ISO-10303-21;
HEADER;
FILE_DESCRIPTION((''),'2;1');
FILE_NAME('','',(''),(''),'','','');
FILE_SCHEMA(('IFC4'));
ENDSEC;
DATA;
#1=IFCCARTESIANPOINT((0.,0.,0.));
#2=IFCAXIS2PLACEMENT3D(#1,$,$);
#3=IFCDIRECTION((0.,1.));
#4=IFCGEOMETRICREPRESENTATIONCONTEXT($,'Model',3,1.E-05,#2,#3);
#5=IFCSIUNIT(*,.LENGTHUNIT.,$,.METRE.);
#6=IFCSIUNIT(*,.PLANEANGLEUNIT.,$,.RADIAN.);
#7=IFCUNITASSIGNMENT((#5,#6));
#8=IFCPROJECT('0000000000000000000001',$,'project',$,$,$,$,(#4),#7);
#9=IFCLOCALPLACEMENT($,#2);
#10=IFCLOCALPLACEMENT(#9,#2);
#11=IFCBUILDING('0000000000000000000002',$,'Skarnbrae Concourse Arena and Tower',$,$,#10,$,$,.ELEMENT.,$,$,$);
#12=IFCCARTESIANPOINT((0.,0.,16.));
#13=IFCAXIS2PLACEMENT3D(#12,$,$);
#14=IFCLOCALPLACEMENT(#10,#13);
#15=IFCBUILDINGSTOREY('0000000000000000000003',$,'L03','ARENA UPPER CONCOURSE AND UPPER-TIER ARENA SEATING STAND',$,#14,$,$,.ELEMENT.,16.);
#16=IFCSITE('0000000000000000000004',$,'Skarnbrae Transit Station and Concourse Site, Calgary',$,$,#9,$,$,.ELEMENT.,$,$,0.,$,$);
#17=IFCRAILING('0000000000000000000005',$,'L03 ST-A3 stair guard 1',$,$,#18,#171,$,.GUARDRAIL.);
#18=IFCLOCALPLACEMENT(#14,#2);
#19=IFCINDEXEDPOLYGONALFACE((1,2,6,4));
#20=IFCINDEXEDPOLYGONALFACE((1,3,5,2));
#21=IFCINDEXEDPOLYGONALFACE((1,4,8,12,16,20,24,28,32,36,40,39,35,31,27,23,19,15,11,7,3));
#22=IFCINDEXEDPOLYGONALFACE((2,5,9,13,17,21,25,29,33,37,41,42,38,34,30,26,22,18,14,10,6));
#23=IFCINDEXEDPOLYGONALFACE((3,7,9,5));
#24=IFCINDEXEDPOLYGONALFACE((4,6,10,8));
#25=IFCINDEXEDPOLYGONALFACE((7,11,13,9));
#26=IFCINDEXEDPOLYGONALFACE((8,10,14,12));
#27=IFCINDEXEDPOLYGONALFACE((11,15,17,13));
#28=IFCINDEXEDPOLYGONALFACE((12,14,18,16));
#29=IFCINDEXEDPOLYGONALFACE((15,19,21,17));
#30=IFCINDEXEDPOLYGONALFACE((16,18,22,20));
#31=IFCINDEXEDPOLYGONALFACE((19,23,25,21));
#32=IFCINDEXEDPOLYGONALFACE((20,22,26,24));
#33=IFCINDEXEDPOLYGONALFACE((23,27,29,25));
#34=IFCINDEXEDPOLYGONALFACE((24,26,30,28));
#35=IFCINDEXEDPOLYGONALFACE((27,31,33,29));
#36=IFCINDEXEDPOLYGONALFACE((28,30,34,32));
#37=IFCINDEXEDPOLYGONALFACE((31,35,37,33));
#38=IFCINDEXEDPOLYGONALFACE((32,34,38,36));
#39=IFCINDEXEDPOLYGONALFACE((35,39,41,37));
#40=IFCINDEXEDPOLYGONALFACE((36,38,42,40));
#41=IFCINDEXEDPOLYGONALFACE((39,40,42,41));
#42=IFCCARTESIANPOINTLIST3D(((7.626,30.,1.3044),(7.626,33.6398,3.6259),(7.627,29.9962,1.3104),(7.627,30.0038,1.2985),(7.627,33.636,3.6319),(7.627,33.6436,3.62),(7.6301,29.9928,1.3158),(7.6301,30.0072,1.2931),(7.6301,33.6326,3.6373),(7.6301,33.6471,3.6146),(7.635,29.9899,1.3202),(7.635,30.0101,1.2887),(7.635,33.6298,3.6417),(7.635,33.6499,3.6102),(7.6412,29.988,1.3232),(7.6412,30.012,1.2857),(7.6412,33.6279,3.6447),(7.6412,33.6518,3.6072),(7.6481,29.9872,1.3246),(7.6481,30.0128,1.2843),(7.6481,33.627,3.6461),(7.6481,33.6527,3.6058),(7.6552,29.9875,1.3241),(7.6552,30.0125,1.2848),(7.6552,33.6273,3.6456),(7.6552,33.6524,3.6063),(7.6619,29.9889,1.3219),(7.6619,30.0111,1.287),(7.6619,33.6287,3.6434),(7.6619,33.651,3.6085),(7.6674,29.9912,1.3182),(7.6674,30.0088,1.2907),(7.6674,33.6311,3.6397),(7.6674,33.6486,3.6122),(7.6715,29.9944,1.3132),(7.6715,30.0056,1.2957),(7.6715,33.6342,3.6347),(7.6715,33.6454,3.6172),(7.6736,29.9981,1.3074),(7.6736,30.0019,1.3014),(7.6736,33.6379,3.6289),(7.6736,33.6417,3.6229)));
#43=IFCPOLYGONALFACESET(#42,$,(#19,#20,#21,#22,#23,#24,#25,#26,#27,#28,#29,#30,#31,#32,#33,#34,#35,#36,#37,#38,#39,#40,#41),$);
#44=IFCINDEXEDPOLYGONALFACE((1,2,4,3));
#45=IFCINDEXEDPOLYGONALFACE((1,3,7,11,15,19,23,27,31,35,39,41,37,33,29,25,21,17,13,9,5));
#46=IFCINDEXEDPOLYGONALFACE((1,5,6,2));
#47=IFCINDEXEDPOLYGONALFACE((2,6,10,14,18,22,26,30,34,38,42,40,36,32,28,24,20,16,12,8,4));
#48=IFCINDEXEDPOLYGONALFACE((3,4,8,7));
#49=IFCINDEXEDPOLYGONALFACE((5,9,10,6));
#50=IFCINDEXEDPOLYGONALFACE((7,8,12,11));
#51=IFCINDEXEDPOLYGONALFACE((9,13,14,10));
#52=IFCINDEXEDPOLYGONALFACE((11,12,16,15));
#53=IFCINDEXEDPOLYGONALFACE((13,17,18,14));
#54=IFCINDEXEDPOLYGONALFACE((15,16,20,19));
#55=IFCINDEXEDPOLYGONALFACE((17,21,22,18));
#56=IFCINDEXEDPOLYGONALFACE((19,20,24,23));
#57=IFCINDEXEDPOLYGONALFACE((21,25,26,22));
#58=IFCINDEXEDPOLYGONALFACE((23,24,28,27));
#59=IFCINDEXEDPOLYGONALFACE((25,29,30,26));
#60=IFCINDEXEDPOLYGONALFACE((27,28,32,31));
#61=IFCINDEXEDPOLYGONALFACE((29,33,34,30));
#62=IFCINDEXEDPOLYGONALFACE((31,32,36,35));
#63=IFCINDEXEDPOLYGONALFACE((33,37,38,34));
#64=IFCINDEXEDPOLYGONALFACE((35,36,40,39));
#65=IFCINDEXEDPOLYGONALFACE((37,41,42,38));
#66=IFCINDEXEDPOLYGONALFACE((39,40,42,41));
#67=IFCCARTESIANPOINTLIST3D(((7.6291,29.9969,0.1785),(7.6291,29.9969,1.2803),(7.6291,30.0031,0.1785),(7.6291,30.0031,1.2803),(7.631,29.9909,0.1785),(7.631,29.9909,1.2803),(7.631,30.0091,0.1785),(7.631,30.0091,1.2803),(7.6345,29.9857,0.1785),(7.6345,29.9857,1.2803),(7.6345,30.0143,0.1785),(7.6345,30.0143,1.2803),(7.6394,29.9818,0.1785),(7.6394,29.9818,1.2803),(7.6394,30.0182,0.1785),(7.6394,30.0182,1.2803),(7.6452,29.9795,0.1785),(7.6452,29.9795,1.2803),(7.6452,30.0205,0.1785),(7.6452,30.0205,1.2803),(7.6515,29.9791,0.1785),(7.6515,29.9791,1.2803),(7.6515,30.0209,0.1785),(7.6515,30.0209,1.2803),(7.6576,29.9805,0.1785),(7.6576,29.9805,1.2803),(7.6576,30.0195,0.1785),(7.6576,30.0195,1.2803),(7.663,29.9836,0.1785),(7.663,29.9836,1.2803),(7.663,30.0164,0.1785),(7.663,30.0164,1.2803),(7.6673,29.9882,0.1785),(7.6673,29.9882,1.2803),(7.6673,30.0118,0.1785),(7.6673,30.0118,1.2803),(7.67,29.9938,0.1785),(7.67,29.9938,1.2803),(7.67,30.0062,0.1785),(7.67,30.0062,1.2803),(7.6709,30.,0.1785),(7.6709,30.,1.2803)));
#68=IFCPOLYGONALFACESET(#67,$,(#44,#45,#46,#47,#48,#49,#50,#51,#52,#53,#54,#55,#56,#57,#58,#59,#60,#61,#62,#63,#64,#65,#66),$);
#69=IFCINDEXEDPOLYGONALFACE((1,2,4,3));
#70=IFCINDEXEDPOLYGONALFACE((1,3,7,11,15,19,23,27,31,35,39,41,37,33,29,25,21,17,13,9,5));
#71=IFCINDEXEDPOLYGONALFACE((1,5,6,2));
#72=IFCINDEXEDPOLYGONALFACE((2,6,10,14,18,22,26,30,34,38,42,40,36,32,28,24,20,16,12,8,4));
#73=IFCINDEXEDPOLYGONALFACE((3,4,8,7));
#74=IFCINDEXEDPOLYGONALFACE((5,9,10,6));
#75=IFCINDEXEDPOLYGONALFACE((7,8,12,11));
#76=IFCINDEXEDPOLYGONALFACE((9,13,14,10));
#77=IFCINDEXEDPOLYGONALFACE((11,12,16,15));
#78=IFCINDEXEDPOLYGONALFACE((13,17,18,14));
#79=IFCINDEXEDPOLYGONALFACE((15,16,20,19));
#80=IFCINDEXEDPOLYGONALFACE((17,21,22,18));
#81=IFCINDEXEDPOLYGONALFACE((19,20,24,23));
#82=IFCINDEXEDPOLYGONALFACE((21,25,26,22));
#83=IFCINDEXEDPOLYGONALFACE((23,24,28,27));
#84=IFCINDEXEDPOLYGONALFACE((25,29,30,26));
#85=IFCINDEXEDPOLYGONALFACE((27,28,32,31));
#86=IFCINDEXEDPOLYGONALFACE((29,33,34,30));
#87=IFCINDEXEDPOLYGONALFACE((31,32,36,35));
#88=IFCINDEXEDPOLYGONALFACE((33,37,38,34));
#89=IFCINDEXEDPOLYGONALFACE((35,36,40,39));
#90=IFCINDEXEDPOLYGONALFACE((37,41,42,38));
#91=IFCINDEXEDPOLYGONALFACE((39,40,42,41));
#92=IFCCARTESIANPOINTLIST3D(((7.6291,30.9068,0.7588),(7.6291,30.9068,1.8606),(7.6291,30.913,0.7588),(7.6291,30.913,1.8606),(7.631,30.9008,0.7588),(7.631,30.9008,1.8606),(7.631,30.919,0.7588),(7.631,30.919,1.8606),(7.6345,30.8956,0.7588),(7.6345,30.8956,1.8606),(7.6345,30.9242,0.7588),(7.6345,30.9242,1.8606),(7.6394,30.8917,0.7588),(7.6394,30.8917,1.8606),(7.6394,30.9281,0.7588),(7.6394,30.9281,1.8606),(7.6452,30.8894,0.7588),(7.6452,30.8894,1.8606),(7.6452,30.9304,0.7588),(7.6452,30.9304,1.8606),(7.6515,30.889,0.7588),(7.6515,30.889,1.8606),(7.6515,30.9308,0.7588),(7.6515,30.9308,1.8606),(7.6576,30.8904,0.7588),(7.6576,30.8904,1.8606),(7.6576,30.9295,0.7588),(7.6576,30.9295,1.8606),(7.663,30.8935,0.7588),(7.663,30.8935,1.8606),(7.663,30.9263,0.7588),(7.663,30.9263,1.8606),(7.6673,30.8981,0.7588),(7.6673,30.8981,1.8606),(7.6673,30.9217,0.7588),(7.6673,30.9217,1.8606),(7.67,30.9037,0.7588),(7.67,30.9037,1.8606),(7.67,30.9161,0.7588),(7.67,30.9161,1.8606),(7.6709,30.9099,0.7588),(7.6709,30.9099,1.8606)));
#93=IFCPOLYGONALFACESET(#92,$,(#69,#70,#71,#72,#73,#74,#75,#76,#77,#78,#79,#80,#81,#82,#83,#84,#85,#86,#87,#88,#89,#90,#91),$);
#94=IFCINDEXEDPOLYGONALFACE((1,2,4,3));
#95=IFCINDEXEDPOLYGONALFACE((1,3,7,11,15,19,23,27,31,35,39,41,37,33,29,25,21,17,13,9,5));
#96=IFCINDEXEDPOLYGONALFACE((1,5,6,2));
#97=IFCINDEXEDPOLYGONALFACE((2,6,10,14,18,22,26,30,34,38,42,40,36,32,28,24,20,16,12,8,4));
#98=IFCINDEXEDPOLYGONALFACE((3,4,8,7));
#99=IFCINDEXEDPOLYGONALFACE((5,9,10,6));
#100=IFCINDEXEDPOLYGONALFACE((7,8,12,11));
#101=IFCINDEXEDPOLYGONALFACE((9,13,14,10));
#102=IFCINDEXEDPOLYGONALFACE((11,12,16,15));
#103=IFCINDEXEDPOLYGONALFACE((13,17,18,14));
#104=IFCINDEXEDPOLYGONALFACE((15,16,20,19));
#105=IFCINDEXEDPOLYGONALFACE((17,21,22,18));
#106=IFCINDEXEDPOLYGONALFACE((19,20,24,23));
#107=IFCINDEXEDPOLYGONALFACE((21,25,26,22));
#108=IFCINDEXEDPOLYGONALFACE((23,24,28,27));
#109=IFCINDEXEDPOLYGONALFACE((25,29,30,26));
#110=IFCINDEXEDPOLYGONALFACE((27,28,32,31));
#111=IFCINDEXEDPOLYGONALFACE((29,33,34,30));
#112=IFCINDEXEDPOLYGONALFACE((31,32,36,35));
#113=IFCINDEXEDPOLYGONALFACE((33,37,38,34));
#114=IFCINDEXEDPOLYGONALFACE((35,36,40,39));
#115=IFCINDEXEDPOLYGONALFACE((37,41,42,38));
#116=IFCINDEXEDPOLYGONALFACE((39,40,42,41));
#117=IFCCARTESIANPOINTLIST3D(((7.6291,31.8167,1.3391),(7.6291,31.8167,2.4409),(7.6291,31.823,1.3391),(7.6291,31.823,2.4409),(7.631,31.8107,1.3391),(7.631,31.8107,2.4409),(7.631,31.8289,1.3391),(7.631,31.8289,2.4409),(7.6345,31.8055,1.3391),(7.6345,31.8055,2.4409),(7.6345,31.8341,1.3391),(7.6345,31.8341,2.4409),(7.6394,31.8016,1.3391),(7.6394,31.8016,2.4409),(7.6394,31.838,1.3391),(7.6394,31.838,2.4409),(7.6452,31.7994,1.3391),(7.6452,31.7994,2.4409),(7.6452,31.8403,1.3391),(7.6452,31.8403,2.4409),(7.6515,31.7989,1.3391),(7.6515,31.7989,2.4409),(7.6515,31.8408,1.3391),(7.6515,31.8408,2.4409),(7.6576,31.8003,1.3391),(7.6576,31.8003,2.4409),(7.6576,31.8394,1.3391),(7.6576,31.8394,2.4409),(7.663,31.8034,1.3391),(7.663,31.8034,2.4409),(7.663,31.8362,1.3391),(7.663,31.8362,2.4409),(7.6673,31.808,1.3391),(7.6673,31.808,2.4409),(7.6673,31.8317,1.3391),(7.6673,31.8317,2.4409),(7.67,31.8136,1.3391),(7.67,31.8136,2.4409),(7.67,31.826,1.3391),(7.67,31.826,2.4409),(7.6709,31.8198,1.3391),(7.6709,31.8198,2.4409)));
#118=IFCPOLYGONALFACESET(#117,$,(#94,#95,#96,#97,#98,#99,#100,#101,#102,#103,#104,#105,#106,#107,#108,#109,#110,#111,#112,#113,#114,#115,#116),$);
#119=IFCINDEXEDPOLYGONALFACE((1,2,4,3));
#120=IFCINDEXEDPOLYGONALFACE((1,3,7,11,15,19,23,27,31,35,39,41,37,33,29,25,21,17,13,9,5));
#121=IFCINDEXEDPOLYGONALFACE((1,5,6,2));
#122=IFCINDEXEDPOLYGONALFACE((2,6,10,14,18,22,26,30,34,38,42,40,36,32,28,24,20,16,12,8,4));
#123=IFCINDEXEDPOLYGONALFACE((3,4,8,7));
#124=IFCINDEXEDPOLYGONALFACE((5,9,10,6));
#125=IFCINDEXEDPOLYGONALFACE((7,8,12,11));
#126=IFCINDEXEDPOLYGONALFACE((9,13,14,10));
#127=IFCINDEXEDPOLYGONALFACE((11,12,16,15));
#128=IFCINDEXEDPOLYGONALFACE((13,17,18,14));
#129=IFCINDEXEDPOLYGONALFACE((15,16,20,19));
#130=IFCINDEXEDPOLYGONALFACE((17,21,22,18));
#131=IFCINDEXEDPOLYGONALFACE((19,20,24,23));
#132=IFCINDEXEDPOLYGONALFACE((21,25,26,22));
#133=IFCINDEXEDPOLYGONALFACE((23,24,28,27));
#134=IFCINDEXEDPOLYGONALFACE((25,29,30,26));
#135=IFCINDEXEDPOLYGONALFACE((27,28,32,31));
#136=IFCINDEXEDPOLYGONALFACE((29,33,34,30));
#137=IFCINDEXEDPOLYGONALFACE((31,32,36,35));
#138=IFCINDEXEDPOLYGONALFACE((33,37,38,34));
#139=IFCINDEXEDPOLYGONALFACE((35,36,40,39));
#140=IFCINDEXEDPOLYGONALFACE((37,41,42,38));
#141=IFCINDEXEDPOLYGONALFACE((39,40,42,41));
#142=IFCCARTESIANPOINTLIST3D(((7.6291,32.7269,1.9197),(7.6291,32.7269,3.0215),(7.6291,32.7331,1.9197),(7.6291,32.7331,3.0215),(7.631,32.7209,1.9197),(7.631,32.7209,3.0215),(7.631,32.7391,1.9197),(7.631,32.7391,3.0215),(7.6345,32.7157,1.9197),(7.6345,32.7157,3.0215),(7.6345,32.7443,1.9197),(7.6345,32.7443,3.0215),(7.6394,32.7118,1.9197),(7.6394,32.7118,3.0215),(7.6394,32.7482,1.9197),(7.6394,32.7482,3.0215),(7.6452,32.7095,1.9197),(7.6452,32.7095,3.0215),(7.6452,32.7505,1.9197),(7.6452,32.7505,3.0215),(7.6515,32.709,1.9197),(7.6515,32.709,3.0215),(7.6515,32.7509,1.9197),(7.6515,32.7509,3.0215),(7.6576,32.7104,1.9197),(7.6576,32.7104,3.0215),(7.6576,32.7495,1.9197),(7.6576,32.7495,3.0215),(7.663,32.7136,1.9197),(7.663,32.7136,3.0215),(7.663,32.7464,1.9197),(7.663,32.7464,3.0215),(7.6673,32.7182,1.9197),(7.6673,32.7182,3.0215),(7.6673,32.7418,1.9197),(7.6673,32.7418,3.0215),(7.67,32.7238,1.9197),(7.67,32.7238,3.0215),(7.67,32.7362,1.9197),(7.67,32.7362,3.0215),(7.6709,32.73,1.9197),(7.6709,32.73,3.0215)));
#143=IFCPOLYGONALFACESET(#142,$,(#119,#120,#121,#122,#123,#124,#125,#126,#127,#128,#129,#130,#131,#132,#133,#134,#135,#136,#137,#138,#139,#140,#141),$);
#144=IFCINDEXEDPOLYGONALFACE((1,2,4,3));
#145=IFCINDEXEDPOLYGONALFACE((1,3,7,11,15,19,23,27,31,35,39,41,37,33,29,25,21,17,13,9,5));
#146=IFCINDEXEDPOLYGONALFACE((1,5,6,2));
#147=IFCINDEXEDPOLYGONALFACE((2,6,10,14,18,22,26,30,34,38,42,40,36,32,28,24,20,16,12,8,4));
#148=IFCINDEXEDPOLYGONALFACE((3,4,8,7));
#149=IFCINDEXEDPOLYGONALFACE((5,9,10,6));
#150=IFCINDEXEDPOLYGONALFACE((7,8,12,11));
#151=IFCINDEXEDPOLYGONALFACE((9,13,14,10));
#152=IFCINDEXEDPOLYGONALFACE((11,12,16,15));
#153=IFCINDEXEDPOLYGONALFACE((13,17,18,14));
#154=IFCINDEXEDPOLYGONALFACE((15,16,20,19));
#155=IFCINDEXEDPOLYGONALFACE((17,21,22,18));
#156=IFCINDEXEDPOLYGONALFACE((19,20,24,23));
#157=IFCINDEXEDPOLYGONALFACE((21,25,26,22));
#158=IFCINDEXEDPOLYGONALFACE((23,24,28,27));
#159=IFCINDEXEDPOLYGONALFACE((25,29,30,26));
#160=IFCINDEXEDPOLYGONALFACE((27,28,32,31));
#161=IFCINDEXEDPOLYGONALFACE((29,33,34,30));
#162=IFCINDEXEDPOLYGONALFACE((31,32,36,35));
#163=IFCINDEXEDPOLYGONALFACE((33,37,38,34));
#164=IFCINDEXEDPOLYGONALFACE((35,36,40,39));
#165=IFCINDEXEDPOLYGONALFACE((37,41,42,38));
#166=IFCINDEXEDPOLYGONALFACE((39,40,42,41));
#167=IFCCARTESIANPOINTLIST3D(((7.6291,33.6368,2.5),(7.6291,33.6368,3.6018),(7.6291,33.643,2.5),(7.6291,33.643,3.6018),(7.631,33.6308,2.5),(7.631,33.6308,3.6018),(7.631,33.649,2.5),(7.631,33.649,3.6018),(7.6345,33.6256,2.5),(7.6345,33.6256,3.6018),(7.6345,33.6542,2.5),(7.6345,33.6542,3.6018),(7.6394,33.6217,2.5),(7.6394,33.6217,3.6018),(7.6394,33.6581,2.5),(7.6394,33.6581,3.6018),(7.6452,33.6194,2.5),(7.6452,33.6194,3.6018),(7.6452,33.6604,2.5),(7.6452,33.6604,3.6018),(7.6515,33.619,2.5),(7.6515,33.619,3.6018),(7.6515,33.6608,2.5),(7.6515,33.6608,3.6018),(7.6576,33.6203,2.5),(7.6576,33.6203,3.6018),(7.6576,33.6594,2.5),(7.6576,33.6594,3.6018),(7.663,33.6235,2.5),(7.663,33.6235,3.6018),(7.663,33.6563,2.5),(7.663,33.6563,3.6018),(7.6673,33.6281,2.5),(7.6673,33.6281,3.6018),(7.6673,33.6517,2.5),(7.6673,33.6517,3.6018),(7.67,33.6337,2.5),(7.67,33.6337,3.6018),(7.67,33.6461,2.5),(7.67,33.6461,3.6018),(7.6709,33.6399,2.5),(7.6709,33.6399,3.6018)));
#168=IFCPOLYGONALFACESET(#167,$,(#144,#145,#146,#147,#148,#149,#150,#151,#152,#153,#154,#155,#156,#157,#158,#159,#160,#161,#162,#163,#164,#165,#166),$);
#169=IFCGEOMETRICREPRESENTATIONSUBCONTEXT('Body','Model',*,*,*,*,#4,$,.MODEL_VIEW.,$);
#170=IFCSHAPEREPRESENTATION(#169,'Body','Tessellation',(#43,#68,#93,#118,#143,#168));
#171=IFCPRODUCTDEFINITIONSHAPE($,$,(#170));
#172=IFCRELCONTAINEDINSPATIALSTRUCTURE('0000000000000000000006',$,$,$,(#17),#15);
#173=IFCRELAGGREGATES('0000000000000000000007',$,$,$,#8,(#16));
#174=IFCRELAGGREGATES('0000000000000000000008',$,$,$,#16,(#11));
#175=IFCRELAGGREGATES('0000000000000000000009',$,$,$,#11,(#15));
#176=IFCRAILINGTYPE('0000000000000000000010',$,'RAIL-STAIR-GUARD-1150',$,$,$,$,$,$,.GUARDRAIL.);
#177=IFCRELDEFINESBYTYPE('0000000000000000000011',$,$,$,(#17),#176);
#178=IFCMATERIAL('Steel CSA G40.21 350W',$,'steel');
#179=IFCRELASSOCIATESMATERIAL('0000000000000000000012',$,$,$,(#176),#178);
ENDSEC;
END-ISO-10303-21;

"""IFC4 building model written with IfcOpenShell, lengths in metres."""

from ifc_helpers import new_model, si_unit, direction, frame, origin, origin_2d, place, context, subcontext, project, spatial, circle, extrude, material, type_object, element, save


model = new_model("IFC4")

# Units and contexts
model_context = context("Model", 3, precision=1e-05, world=origin(), true_north=direction((0.0, 1.0)))
body_context = subcontext(model_context, "Body", "Model", "MODEL_VIEW")
ifc_project = project(units=[si_unit("LENGTHUNIT", "METRE"), si_unit("PLANEANGLEUNIT", "RADIAN")], contexts=[model_context])

# Site, building, storey
site_placement = place(None, origin())
site = spatial("IfcSite", under=ifc_project, at=site_placement, Name="Skarnbrae Transit Station and Concourse Site, Calgary", CompositionType="ELEMENT", RefElevation=0.0)
building_placement = place(site_placement, origin())
building = spatial("IfcBuilding", under=site, at=building_placement, Name="Skarnbrae Concourse Arena and Tower", CompositionType="ELEMENT")
storey_placement = place(building_placement, frame((0.0, 0.0, 16.0)))
storey = spatial("IfcBuildingStorey", under=building, at=storey_placement, Name="L03", Description="ARENA UPPER CONCOURSE AND UPPER-TIER ARENA SEATING STAND", CompositionType="ELEMENT", Elevation=16.0)

# Shared definitions
ifc_material_1 = material(Name="Steel CSA G40.21 350W", Category="steel")

# Railing
railing_type_1 = type_object("IfcRailingType", Name="RAIL-STAIR-GUARD-1150", PredefinedType="GUARDRAIL", material=ifc_material_1)
railing_1_placement = place(storey_placement, frame((7.6499, 30.0, 0.1785)))
element("IfcRailing", 1, at=railing_1_placement, inside=storey, type_object=railing_type_1, Name="L03 ST-A3 stair guard 1", PredefinedType="GUARDRAIL", context=body_context, shape_type="SweptSolid", body=[
    extrude(circle(Radius=0.0239, at=origin_2d()), frame((0.0, 0.0, 1.126), z_axis=(0.0, 0.843112, 0.537739), x_axis=(-1.0, 0.0, 0.0)), (0.0, 0.0, 1.0), 4.3171),
    extrude(circle(Radius=0.021, at=origin_2d()), origin(), (0.0, 0.0, 1.0), 1.1018),
    extrude(circle(Radius=0.021, at=origin_2d()), frame((0.0, 0.9099, 0.5803)), (0.0, 0.0, 1.0), 1.1018),
    extrude(circle(Radius=0.021, at=origin_2d()), frame((0.0, 1.8198, 1.1606)), (0.0, 0.0, 1.0), 1.1018),
    extrude(circle(Radius=0.021, at=origin_2d()), frame((0.0, 2.73, 1.7412)), (0.0, 0.0, 1.0), 1.1018),
    extrude(circle(Radius=0.021, at=origin_2d()), frame((0.0, 3.6399, 2.3215)), (0.0, 0.0, 1.0), 1.1018),
])

save(model, "model.ifc")
